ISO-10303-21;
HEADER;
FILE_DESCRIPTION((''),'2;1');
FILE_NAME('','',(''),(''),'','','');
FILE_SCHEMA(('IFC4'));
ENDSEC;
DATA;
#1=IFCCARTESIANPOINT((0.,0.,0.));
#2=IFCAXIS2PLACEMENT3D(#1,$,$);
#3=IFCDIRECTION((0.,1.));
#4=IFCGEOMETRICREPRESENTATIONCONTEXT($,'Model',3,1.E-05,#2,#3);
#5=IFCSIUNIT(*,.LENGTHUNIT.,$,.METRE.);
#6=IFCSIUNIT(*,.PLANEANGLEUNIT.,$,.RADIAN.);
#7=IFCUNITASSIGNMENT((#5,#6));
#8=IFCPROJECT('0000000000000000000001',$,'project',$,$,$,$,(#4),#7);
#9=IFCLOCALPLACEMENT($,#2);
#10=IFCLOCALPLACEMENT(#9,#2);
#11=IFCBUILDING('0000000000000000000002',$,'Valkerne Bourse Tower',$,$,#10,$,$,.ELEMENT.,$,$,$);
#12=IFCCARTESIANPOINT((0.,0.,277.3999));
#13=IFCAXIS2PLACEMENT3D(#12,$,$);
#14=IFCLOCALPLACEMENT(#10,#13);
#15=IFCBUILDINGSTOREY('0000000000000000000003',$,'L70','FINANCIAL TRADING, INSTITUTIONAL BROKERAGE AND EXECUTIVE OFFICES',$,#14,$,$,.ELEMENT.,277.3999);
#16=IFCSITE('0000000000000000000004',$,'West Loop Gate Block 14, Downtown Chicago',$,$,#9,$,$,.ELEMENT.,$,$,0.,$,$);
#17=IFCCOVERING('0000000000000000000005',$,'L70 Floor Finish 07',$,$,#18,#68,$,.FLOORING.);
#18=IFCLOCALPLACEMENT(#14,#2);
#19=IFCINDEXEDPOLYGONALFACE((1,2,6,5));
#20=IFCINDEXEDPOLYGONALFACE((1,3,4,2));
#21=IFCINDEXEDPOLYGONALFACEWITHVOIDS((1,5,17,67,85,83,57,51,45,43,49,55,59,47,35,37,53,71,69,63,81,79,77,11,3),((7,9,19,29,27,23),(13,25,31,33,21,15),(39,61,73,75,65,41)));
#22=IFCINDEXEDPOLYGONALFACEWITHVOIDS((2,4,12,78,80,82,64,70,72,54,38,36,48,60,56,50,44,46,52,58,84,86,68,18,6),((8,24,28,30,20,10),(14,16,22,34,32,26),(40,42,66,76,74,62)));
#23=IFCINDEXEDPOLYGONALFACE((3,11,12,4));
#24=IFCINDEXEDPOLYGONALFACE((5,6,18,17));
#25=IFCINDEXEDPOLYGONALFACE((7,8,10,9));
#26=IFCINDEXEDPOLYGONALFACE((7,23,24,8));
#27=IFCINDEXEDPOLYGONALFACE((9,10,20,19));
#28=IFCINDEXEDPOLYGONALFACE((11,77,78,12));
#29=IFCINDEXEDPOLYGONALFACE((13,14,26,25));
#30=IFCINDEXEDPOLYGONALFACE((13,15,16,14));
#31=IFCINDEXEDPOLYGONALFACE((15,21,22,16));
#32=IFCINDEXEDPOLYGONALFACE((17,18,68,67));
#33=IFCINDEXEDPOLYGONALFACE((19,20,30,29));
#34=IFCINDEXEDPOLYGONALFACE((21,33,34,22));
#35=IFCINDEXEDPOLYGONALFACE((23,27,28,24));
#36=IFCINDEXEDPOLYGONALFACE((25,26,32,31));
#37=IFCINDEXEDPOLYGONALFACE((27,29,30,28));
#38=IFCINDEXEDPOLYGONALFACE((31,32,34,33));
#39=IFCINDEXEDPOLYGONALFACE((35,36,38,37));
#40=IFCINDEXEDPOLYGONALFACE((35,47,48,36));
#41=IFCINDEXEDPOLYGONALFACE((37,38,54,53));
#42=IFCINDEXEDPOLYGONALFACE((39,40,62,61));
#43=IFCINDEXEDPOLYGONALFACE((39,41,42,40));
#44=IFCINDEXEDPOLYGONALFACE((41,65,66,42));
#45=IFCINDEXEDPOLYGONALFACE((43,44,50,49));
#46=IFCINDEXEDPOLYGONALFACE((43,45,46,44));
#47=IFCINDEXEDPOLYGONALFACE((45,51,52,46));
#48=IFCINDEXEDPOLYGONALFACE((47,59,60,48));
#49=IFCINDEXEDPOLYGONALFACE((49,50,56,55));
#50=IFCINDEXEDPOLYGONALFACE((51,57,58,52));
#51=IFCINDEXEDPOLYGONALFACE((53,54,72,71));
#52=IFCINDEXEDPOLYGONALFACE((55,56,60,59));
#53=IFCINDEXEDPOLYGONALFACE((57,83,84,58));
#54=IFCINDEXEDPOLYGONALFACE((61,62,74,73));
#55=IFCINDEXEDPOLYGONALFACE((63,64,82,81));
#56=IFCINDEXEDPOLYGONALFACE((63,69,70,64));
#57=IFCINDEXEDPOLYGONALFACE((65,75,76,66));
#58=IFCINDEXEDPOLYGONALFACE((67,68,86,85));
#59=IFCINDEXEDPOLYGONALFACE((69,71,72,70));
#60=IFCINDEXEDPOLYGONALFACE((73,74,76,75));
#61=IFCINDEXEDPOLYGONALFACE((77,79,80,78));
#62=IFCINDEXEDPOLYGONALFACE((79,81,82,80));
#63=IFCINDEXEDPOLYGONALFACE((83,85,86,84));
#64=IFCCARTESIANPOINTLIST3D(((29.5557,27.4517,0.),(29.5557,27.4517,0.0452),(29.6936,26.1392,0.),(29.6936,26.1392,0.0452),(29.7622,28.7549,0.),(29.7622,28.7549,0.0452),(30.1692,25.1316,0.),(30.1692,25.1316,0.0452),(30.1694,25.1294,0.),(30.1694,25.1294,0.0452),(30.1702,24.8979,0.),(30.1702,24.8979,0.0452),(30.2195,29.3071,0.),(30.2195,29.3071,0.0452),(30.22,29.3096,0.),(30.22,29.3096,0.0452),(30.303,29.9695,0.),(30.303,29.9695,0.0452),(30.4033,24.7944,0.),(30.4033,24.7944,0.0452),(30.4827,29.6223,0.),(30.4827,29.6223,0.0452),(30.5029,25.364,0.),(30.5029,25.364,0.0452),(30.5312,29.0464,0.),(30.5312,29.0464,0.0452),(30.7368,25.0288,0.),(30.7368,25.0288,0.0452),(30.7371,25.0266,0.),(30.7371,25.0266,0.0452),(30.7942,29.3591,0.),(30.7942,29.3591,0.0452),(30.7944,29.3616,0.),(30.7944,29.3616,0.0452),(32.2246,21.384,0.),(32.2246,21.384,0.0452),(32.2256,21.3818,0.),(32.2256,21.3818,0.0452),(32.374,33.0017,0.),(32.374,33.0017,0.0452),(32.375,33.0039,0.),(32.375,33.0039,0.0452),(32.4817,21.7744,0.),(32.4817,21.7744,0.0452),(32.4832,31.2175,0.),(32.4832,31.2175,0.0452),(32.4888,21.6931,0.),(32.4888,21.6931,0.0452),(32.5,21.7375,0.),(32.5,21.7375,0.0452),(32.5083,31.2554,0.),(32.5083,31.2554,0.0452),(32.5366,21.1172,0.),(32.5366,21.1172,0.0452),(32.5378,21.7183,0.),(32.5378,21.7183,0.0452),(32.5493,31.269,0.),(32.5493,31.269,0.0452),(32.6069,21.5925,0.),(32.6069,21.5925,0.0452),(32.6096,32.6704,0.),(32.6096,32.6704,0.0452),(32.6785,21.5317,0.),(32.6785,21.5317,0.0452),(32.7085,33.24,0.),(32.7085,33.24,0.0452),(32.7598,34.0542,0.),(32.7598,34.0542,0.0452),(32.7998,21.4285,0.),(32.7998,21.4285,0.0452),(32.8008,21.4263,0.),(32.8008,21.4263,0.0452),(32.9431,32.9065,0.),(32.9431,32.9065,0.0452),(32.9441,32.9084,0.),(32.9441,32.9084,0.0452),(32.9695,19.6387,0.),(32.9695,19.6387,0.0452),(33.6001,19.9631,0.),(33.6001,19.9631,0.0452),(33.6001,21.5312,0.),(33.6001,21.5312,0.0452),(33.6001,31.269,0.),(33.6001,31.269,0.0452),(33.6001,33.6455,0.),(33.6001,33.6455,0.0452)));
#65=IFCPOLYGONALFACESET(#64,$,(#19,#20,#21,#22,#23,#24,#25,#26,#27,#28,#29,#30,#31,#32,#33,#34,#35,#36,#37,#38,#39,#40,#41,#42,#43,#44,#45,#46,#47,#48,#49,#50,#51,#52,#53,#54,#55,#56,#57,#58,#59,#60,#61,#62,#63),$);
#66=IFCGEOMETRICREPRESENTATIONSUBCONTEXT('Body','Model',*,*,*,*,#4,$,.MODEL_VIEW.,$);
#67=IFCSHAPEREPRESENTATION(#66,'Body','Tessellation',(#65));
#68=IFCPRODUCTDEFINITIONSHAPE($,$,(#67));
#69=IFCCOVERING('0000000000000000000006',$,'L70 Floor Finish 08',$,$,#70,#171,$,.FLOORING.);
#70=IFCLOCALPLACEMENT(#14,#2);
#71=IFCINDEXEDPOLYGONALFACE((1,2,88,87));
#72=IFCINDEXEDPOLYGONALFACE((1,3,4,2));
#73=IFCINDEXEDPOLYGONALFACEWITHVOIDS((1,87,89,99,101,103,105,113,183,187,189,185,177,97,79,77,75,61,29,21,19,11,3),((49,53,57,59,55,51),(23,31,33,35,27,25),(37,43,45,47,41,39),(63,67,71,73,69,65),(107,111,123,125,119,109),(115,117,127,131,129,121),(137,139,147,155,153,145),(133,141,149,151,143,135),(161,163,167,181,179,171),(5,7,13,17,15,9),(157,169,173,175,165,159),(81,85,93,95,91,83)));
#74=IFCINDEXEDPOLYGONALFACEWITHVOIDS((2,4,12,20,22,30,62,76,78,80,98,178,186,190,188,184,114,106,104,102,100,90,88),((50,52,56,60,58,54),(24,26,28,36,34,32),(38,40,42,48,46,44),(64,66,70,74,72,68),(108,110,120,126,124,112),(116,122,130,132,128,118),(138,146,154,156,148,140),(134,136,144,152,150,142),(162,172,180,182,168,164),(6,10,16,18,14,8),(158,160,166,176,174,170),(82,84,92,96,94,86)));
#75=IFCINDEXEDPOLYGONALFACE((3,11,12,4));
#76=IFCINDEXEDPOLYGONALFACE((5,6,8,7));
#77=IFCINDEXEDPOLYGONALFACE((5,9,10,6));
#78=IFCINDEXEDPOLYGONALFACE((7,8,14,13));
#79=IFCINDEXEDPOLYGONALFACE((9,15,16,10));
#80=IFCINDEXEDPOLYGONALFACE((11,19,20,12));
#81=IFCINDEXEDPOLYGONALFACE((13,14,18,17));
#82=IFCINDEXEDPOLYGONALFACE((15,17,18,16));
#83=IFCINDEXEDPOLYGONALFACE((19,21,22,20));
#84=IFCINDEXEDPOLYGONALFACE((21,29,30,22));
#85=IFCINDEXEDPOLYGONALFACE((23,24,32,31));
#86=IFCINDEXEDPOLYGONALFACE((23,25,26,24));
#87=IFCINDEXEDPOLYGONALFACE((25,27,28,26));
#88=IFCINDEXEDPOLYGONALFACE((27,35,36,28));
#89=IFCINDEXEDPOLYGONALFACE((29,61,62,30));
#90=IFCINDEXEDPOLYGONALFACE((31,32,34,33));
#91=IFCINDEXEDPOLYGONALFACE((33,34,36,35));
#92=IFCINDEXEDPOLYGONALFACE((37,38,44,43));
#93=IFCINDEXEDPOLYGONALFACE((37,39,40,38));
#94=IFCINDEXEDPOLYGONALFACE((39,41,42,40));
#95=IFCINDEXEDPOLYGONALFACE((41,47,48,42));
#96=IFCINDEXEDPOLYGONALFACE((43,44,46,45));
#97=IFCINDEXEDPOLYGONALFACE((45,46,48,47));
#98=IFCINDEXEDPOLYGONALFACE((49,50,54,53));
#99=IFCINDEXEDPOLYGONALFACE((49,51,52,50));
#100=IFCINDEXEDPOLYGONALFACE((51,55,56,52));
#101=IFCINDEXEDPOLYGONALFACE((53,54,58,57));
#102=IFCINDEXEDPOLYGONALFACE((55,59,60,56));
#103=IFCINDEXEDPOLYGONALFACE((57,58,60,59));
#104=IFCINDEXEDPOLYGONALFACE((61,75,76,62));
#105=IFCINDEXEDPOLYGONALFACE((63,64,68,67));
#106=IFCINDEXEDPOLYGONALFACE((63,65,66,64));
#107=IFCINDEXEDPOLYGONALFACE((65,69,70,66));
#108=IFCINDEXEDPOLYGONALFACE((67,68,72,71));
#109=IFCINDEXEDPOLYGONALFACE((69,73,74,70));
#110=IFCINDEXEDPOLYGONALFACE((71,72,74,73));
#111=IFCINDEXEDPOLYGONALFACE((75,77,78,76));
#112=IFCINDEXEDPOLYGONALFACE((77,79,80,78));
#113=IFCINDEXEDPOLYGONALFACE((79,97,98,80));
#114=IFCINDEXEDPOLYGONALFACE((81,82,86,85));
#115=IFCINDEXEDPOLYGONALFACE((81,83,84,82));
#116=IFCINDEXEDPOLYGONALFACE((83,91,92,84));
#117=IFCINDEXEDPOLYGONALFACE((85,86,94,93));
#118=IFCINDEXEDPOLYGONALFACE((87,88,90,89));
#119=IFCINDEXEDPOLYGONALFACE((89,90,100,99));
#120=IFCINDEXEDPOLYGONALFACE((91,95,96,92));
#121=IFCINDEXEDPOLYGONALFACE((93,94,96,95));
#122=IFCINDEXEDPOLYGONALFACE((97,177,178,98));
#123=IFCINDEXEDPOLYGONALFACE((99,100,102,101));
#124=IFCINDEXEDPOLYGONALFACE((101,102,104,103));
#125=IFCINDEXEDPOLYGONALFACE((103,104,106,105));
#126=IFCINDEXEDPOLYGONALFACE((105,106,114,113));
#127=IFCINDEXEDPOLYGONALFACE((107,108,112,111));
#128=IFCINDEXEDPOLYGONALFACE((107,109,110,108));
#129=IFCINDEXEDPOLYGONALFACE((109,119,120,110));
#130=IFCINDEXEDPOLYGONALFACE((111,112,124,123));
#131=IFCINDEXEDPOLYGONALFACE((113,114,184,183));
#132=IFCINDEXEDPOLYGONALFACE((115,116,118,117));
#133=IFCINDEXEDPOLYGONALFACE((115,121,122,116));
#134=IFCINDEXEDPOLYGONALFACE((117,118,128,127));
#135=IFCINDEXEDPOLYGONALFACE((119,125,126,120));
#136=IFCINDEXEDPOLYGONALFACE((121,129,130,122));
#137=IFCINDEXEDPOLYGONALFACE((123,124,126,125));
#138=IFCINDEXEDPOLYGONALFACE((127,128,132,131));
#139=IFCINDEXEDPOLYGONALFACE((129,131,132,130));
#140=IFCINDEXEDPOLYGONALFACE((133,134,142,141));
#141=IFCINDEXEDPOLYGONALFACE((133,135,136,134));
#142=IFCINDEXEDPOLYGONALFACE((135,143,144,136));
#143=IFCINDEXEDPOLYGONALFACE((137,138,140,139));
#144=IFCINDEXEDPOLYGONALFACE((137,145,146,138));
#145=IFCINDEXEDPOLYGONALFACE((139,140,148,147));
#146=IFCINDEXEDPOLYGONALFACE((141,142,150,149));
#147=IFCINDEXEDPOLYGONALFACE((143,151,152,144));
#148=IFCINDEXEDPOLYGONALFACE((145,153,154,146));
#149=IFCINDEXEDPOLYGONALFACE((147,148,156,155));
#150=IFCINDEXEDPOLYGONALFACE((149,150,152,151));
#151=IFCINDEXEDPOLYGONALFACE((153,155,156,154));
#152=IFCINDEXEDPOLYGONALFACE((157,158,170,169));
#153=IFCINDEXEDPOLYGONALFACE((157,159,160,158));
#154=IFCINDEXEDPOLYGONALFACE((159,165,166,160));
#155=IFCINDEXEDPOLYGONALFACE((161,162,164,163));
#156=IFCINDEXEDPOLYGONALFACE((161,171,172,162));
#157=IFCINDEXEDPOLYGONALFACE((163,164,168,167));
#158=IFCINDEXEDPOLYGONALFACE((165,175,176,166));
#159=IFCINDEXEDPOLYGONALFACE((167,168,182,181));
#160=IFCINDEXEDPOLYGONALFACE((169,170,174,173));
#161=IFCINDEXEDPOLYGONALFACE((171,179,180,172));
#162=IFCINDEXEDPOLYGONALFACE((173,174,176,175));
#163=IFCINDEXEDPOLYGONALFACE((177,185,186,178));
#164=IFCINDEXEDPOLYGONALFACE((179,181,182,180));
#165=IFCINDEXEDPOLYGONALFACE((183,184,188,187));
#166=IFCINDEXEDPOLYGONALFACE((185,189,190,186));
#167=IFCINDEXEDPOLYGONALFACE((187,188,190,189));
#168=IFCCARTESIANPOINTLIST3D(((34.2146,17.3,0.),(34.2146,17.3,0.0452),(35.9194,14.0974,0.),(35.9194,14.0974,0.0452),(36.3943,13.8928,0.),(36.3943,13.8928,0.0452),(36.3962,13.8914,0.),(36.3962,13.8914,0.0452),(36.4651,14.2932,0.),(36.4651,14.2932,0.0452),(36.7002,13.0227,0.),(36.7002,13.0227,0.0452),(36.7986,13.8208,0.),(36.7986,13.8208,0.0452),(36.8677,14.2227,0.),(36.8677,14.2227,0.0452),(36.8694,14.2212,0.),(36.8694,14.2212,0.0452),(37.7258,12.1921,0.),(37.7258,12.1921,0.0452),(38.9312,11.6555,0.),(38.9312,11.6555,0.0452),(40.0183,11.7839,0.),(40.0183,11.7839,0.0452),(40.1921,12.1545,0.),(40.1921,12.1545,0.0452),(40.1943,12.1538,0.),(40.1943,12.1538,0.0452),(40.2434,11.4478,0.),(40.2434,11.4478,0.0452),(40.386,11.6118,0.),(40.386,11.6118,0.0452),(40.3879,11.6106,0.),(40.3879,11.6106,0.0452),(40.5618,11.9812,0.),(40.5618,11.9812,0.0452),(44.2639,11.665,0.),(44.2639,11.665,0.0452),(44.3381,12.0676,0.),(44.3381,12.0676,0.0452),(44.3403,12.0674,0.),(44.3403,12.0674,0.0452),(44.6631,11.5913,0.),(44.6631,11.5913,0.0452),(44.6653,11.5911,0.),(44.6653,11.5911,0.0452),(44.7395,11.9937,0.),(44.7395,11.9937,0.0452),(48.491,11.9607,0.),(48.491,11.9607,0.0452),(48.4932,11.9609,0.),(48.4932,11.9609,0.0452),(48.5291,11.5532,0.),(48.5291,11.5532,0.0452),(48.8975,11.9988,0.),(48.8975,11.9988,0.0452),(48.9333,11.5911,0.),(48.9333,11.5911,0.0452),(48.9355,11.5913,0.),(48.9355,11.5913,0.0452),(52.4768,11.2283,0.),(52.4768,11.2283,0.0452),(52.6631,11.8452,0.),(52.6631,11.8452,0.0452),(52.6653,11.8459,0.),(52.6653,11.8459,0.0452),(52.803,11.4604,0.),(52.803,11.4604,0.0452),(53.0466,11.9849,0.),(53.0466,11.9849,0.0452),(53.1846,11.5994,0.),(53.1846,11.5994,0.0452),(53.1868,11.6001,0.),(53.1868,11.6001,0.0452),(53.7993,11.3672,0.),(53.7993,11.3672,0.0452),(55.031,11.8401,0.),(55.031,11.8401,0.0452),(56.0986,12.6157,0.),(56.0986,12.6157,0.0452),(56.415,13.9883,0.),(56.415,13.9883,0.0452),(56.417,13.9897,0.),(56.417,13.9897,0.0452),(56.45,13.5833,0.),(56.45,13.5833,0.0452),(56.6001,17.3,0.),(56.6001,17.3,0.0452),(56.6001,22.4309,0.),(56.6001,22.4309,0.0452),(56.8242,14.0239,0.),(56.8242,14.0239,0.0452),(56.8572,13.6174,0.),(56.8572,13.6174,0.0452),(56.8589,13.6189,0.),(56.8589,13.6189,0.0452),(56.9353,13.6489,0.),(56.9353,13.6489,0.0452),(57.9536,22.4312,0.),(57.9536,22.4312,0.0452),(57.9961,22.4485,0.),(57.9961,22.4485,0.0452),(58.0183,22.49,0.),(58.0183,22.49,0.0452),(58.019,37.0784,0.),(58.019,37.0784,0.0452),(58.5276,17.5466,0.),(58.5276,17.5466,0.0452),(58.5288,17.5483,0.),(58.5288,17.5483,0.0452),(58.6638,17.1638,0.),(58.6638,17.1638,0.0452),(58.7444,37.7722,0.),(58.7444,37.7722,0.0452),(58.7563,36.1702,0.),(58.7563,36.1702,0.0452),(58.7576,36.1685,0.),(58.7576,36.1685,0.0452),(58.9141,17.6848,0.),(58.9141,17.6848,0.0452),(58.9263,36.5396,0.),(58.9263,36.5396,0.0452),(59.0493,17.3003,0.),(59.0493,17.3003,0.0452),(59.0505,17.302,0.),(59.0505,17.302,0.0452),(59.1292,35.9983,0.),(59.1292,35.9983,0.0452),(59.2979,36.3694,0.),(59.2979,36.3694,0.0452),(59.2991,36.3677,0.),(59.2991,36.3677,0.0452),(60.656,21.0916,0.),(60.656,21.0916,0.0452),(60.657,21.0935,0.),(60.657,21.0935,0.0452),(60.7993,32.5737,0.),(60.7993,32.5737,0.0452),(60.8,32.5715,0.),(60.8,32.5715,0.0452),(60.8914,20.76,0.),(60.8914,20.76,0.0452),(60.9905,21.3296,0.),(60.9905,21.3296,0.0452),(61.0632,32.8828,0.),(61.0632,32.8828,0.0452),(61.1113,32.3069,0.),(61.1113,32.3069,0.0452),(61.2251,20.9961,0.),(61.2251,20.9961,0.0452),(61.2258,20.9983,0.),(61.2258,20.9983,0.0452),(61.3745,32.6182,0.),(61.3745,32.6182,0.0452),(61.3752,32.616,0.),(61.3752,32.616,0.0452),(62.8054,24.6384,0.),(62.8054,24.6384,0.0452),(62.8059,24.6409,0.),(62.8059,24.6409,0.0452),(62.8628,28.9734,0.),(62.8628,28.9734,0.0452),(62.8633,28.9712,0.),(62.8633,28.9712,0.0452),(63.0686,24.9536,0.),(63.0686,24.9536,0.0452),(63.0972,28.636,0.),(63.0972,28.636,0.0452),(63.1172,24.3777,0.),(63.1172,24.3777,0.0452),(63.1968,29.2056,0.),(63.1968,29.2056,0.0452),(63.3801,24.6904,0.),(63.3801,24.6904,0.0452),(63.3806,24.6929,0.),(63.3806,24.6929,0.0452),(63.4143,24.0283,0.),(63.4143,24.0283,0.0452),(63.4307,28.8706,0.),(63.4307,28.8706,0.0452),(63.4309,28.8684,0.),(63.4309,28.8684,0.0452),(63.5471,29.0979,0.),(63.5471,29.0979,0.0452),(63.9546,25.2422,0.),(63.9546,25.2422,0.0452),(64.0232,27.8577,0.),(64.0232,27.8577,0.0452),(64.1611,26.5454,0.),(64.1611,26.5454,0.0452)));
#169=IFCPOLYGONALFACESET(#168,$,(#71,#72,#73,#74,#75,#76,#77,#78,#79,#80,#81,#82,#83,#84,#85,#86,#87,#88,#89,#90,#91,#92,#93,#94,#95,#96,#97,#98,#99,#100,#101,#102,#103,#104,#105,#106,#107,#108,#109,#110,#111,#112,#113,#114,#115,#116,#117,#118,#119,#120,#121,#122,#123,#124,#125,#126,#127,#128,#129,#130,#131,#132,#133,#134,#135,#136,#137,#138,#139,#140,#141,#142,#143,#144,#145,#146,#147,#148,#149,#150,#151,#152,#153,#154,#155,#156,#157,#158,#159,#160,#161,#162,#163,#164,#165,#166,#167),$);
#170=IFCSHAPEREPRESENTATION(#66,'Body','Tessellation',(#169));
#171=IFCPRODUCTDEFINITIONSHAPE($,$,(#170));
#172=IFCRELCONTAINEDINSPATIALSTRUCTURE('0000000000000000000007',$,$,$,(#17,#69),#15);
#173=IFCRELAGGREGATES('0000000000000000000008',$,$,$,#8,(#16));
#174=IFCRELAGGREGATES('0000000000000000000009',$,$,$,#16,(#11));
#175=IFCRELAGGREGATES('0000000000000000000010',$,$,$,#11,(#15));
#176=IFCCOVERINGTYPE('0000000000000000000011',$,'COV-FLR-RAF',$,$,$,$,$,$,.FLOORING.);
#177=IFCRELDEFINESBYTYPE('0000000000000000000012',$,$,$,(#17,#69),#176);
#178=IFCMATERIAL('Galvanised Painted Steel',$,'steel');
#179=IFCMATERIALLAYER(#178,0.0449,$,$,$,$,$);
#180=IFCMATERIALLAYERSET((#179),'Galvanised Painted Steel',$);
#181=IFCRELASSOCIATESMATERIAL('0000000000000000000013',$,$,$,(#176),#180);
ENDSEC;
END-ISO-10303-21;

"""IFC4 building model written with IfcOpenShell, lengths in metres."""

from ifc_helpers import new_model, si_unit, direction, frame, origin, place, context, subcontext, project, spatial, polyline, outline, extrude, material, layer, layer_set, type_object, element, save


model = new_model("IFC4")

# Units and contexts
model_context = context("Model", 3, precision=1e-05, world=origin(), true_north=direction((0.0, 1.0)))
body_context = subcontext(model_context, "Body", "Model", "MODEL_VIEW")
ifc_project = project(units=[si_unit("LENGTHUNIT", "METRE"), si_unit("PLANEANGLEUNIT", "RADIAN")], contexts=[model_context])

# Site, building, storey
site_placement = place(None, origin())
site = spatial("IfcSite", under=ifc_project, at=site_placement, Name="West Loop Gate Block 14, Downtown Chicago", CompositionType="ELEMENT", RefElevation=0.0)
building_placement = place(site_placement, origin())
building = spatial("IfcBuilding", under=site, at=building_placement, Name="Valkerne Bourse Tower", CompositionType="ELEMENT")
storey_placement = place(building_placement, frame((0.0, 0.0, 277.3999)))
storey = spatial("IfcBuildingStorey", under=building, at=storey_placement, Name="L70", Description="FINANCIAL TRADING, INSTITUTIONAL BROKERAGE AND EXECUTIVE OFFICES", CompositionType="ELEMENT", Elevation=277.3999)

# Coverings
ifc_material_1 = material(Name="Galvanised Painted Steel", Category="steel")
ifc_layer_1 = layer(ifc_material_1, 0.0449)
ifc_layer_set_1 = layer_set([ifc_layer_1], Name="Galvanised Painted Steel")
covering_type_1 = type_object("IfcCoveringType", Name="COV-FLR-RAF", PredefinedType="FLOORING", material=ifc_layer_set_1)
covering_1_placement = place(storey_placement, origin())
element("IfcCovering", 1, at=covering_1_placement, inside=storey, type_object=covering_type_1, Name="L70 Floor Finish 07", PredefinedType="FLOORING", context=body_context, shape_type="SweptSolid", body=[
    extrude(outline(polyline([(29.5557, 27.4517), (29.7622, 28.7549), (30.303, 29.9695), (32.7598, 34.0542), (33.6001, 33.6455), (33.6001, 31.269), (32.5493, 31.269), (32.5083, 31.2554), (32.4832, 31.2175), (32.4817, 21.7744), (32.5, 21.7375), (32.5378, 21.7183), (32.6069, 21.5925), (32.4888, 21.6931), (32.2246, 21.384), (32.2256, 21.3818), (32.5366, 21.1172), (32.8008, 21.4263), (32.7998, 21.4285), (32.6785, 21.5317), (33.6001, 21.5312), (33.6001, 19.9631), (32.9695, 19.6387), (30.1702, 24.8979), (29.6936, 26.1392), (29.5557, 27.4517)]), holes=[polyline([(30.7368, 25.0288), (30.5029, 25.364), (30.1692, 25.1316), (30.1694, 25.1294), (30.4033, 24.7944), (30.7371, 25.0266), (30.7368, 25.0288)]), polyline([(30.7944, 29.3616), (30.4827, 29.6223), (30.22, 29.3096), (30.2195, 29.3071), (30.5312, 29.0464), (30.7942, 29.3591), (30.7944, 29.3616)]), polyline([(32.9441, 32.9084), (32.7085, 33.24), (32.375, 33.0039), (32.374, 33.0017), (32.6096, 32.6704), (32.9431, 32.9065), (32.9441, 32.9084)])]), origin(), (0.0, 0.0, 1.0), 0.0452),
])
covering_2_placement = place(storey_placement, origin())
element("IfcCovering", 2, at=covering_2_placement, inside=storey, type_object=covering_type_1, Name="L70 Floor Finish 08", PredefinedType="FLOORING", context=body_context, shape_type="SweptSolid", body=[
    extrude(outline(polyline([(63.9546, 25.2422), (63.4143, 24.0283), (56.9353, 13.6489), (56.0986, 12.6157), (55.031, 11.8401), (53.7993, 11.3672), (52.4768, 11.2283), (40.2434, 11.4478), (38.9312, 11.6555), (37.7258, 12.1921), (36.7002, 13.0227), (35.9194, 14.0974), (34.2146, 17.3), (56.6001, 17.3), (56.6001, 22.4309), (57.9536, 22.4312), (57.9961, 22.4485), (58.0183, 22.49), (58.019, 37.0784), (58.7444, 37.7722), (63.5471, 29.0979), (64.0232, 27.8577), (64.1611, 26.5454), (63.9546, 25.2422)]), holes=[polyline([(44.3403, 12.0674), (44.3381, 12.0676), (44.2639, 11.665), (44.6631, 11.5913), (44.6653, 11.5911), (44.7395, 11.9937), (44.3403, 12.0674)]), polyline([(40.1943, 12.1538), (40.1921, 12.1545), (40.0183, 11.7839), (40.386, 11.6118), (40.3879, 11.6106), (40.5618, 11.9812), (40.1943, 12.1538)]), polyline([(36.8677, 14.2227), (36.4651, 14.2932), (36.3943, 13.8928), (36.3962, 13.8914), (36.7986, 13.8208), (36.8694, 14.2212), (36.8677, 14.2227)]), polyline([(53.1868, 11.6001), (53.0466, 11.9849), (52.6653, 11.8459), (52.6631, 11.8452), (52.803, 11.4604), (53.1846, 11.5994), (53.1868, 11.6001)]), polyline([(48.9355, 11.5913), (48.8975, 11.9988), (48.4932, 11.9609), (48.491, 11.9607), (48.5291, 11.5532), (48.9333, 11.5911), (48.9355, 11.5913)]), polyline([(56.8589, 13.6189), (56.8242, 14.0239), (56.417, 13.9897), (56.415, 13.9883), (56.45, 13.5833), (56.8572, 13.6174), (56.8589, 13.6189)]), polyline([(59.0505, 17.302), (58.9141, 17.6848), (58.5288, 17.5483), (58.5276, 17.5466), (58.6638, 17.1638), (59.0493, 17.3003), (59.0505, 17.302)]), polyline([(61.2258, 20.9983), (60.9905, 21.3296), (60.657, 21.0935), (60.656, 21.0916), (60.8914, 20.76), (61.2251, 20.9961), (61.2258, 20.9983)]), polyline([(63.3806, 24.6929), (63.0686, 24.9536), (62.8059, 24.6409), (62.8054, 24.6384), (63.1172, 24.3777), (63.3801, 24.6904), (63.3806, 24.6929)]), polyline([(63.4307, 28.8706), (63.1968, 29.2056), (62.8628, 28.9734), (62.8633, 28.9712), (63.0972, 28.636), (63.4309, 28.8684), (63.4307, 28.8706)]), polyline([(61.3745, 32.6182), (61.0632, 32.8828), (60.7993, 32.5737), (60.8, 32.5715), (61.1113, 32.3069), (61.3752, 32.616), (61.3745, 32.6182)]), polyline([(59.2979, 36.3694), (58.9263, 36.5396), (58.7563, 36.1702), (58.7576, 36.1685), (59.1292, 35.9983), (59.2991, 36.3677), (59.2979, 36.3694)])]), origin(), (0.0, 0.0, 1.0), 0.0452),
])

save(model, "model.ifc")
